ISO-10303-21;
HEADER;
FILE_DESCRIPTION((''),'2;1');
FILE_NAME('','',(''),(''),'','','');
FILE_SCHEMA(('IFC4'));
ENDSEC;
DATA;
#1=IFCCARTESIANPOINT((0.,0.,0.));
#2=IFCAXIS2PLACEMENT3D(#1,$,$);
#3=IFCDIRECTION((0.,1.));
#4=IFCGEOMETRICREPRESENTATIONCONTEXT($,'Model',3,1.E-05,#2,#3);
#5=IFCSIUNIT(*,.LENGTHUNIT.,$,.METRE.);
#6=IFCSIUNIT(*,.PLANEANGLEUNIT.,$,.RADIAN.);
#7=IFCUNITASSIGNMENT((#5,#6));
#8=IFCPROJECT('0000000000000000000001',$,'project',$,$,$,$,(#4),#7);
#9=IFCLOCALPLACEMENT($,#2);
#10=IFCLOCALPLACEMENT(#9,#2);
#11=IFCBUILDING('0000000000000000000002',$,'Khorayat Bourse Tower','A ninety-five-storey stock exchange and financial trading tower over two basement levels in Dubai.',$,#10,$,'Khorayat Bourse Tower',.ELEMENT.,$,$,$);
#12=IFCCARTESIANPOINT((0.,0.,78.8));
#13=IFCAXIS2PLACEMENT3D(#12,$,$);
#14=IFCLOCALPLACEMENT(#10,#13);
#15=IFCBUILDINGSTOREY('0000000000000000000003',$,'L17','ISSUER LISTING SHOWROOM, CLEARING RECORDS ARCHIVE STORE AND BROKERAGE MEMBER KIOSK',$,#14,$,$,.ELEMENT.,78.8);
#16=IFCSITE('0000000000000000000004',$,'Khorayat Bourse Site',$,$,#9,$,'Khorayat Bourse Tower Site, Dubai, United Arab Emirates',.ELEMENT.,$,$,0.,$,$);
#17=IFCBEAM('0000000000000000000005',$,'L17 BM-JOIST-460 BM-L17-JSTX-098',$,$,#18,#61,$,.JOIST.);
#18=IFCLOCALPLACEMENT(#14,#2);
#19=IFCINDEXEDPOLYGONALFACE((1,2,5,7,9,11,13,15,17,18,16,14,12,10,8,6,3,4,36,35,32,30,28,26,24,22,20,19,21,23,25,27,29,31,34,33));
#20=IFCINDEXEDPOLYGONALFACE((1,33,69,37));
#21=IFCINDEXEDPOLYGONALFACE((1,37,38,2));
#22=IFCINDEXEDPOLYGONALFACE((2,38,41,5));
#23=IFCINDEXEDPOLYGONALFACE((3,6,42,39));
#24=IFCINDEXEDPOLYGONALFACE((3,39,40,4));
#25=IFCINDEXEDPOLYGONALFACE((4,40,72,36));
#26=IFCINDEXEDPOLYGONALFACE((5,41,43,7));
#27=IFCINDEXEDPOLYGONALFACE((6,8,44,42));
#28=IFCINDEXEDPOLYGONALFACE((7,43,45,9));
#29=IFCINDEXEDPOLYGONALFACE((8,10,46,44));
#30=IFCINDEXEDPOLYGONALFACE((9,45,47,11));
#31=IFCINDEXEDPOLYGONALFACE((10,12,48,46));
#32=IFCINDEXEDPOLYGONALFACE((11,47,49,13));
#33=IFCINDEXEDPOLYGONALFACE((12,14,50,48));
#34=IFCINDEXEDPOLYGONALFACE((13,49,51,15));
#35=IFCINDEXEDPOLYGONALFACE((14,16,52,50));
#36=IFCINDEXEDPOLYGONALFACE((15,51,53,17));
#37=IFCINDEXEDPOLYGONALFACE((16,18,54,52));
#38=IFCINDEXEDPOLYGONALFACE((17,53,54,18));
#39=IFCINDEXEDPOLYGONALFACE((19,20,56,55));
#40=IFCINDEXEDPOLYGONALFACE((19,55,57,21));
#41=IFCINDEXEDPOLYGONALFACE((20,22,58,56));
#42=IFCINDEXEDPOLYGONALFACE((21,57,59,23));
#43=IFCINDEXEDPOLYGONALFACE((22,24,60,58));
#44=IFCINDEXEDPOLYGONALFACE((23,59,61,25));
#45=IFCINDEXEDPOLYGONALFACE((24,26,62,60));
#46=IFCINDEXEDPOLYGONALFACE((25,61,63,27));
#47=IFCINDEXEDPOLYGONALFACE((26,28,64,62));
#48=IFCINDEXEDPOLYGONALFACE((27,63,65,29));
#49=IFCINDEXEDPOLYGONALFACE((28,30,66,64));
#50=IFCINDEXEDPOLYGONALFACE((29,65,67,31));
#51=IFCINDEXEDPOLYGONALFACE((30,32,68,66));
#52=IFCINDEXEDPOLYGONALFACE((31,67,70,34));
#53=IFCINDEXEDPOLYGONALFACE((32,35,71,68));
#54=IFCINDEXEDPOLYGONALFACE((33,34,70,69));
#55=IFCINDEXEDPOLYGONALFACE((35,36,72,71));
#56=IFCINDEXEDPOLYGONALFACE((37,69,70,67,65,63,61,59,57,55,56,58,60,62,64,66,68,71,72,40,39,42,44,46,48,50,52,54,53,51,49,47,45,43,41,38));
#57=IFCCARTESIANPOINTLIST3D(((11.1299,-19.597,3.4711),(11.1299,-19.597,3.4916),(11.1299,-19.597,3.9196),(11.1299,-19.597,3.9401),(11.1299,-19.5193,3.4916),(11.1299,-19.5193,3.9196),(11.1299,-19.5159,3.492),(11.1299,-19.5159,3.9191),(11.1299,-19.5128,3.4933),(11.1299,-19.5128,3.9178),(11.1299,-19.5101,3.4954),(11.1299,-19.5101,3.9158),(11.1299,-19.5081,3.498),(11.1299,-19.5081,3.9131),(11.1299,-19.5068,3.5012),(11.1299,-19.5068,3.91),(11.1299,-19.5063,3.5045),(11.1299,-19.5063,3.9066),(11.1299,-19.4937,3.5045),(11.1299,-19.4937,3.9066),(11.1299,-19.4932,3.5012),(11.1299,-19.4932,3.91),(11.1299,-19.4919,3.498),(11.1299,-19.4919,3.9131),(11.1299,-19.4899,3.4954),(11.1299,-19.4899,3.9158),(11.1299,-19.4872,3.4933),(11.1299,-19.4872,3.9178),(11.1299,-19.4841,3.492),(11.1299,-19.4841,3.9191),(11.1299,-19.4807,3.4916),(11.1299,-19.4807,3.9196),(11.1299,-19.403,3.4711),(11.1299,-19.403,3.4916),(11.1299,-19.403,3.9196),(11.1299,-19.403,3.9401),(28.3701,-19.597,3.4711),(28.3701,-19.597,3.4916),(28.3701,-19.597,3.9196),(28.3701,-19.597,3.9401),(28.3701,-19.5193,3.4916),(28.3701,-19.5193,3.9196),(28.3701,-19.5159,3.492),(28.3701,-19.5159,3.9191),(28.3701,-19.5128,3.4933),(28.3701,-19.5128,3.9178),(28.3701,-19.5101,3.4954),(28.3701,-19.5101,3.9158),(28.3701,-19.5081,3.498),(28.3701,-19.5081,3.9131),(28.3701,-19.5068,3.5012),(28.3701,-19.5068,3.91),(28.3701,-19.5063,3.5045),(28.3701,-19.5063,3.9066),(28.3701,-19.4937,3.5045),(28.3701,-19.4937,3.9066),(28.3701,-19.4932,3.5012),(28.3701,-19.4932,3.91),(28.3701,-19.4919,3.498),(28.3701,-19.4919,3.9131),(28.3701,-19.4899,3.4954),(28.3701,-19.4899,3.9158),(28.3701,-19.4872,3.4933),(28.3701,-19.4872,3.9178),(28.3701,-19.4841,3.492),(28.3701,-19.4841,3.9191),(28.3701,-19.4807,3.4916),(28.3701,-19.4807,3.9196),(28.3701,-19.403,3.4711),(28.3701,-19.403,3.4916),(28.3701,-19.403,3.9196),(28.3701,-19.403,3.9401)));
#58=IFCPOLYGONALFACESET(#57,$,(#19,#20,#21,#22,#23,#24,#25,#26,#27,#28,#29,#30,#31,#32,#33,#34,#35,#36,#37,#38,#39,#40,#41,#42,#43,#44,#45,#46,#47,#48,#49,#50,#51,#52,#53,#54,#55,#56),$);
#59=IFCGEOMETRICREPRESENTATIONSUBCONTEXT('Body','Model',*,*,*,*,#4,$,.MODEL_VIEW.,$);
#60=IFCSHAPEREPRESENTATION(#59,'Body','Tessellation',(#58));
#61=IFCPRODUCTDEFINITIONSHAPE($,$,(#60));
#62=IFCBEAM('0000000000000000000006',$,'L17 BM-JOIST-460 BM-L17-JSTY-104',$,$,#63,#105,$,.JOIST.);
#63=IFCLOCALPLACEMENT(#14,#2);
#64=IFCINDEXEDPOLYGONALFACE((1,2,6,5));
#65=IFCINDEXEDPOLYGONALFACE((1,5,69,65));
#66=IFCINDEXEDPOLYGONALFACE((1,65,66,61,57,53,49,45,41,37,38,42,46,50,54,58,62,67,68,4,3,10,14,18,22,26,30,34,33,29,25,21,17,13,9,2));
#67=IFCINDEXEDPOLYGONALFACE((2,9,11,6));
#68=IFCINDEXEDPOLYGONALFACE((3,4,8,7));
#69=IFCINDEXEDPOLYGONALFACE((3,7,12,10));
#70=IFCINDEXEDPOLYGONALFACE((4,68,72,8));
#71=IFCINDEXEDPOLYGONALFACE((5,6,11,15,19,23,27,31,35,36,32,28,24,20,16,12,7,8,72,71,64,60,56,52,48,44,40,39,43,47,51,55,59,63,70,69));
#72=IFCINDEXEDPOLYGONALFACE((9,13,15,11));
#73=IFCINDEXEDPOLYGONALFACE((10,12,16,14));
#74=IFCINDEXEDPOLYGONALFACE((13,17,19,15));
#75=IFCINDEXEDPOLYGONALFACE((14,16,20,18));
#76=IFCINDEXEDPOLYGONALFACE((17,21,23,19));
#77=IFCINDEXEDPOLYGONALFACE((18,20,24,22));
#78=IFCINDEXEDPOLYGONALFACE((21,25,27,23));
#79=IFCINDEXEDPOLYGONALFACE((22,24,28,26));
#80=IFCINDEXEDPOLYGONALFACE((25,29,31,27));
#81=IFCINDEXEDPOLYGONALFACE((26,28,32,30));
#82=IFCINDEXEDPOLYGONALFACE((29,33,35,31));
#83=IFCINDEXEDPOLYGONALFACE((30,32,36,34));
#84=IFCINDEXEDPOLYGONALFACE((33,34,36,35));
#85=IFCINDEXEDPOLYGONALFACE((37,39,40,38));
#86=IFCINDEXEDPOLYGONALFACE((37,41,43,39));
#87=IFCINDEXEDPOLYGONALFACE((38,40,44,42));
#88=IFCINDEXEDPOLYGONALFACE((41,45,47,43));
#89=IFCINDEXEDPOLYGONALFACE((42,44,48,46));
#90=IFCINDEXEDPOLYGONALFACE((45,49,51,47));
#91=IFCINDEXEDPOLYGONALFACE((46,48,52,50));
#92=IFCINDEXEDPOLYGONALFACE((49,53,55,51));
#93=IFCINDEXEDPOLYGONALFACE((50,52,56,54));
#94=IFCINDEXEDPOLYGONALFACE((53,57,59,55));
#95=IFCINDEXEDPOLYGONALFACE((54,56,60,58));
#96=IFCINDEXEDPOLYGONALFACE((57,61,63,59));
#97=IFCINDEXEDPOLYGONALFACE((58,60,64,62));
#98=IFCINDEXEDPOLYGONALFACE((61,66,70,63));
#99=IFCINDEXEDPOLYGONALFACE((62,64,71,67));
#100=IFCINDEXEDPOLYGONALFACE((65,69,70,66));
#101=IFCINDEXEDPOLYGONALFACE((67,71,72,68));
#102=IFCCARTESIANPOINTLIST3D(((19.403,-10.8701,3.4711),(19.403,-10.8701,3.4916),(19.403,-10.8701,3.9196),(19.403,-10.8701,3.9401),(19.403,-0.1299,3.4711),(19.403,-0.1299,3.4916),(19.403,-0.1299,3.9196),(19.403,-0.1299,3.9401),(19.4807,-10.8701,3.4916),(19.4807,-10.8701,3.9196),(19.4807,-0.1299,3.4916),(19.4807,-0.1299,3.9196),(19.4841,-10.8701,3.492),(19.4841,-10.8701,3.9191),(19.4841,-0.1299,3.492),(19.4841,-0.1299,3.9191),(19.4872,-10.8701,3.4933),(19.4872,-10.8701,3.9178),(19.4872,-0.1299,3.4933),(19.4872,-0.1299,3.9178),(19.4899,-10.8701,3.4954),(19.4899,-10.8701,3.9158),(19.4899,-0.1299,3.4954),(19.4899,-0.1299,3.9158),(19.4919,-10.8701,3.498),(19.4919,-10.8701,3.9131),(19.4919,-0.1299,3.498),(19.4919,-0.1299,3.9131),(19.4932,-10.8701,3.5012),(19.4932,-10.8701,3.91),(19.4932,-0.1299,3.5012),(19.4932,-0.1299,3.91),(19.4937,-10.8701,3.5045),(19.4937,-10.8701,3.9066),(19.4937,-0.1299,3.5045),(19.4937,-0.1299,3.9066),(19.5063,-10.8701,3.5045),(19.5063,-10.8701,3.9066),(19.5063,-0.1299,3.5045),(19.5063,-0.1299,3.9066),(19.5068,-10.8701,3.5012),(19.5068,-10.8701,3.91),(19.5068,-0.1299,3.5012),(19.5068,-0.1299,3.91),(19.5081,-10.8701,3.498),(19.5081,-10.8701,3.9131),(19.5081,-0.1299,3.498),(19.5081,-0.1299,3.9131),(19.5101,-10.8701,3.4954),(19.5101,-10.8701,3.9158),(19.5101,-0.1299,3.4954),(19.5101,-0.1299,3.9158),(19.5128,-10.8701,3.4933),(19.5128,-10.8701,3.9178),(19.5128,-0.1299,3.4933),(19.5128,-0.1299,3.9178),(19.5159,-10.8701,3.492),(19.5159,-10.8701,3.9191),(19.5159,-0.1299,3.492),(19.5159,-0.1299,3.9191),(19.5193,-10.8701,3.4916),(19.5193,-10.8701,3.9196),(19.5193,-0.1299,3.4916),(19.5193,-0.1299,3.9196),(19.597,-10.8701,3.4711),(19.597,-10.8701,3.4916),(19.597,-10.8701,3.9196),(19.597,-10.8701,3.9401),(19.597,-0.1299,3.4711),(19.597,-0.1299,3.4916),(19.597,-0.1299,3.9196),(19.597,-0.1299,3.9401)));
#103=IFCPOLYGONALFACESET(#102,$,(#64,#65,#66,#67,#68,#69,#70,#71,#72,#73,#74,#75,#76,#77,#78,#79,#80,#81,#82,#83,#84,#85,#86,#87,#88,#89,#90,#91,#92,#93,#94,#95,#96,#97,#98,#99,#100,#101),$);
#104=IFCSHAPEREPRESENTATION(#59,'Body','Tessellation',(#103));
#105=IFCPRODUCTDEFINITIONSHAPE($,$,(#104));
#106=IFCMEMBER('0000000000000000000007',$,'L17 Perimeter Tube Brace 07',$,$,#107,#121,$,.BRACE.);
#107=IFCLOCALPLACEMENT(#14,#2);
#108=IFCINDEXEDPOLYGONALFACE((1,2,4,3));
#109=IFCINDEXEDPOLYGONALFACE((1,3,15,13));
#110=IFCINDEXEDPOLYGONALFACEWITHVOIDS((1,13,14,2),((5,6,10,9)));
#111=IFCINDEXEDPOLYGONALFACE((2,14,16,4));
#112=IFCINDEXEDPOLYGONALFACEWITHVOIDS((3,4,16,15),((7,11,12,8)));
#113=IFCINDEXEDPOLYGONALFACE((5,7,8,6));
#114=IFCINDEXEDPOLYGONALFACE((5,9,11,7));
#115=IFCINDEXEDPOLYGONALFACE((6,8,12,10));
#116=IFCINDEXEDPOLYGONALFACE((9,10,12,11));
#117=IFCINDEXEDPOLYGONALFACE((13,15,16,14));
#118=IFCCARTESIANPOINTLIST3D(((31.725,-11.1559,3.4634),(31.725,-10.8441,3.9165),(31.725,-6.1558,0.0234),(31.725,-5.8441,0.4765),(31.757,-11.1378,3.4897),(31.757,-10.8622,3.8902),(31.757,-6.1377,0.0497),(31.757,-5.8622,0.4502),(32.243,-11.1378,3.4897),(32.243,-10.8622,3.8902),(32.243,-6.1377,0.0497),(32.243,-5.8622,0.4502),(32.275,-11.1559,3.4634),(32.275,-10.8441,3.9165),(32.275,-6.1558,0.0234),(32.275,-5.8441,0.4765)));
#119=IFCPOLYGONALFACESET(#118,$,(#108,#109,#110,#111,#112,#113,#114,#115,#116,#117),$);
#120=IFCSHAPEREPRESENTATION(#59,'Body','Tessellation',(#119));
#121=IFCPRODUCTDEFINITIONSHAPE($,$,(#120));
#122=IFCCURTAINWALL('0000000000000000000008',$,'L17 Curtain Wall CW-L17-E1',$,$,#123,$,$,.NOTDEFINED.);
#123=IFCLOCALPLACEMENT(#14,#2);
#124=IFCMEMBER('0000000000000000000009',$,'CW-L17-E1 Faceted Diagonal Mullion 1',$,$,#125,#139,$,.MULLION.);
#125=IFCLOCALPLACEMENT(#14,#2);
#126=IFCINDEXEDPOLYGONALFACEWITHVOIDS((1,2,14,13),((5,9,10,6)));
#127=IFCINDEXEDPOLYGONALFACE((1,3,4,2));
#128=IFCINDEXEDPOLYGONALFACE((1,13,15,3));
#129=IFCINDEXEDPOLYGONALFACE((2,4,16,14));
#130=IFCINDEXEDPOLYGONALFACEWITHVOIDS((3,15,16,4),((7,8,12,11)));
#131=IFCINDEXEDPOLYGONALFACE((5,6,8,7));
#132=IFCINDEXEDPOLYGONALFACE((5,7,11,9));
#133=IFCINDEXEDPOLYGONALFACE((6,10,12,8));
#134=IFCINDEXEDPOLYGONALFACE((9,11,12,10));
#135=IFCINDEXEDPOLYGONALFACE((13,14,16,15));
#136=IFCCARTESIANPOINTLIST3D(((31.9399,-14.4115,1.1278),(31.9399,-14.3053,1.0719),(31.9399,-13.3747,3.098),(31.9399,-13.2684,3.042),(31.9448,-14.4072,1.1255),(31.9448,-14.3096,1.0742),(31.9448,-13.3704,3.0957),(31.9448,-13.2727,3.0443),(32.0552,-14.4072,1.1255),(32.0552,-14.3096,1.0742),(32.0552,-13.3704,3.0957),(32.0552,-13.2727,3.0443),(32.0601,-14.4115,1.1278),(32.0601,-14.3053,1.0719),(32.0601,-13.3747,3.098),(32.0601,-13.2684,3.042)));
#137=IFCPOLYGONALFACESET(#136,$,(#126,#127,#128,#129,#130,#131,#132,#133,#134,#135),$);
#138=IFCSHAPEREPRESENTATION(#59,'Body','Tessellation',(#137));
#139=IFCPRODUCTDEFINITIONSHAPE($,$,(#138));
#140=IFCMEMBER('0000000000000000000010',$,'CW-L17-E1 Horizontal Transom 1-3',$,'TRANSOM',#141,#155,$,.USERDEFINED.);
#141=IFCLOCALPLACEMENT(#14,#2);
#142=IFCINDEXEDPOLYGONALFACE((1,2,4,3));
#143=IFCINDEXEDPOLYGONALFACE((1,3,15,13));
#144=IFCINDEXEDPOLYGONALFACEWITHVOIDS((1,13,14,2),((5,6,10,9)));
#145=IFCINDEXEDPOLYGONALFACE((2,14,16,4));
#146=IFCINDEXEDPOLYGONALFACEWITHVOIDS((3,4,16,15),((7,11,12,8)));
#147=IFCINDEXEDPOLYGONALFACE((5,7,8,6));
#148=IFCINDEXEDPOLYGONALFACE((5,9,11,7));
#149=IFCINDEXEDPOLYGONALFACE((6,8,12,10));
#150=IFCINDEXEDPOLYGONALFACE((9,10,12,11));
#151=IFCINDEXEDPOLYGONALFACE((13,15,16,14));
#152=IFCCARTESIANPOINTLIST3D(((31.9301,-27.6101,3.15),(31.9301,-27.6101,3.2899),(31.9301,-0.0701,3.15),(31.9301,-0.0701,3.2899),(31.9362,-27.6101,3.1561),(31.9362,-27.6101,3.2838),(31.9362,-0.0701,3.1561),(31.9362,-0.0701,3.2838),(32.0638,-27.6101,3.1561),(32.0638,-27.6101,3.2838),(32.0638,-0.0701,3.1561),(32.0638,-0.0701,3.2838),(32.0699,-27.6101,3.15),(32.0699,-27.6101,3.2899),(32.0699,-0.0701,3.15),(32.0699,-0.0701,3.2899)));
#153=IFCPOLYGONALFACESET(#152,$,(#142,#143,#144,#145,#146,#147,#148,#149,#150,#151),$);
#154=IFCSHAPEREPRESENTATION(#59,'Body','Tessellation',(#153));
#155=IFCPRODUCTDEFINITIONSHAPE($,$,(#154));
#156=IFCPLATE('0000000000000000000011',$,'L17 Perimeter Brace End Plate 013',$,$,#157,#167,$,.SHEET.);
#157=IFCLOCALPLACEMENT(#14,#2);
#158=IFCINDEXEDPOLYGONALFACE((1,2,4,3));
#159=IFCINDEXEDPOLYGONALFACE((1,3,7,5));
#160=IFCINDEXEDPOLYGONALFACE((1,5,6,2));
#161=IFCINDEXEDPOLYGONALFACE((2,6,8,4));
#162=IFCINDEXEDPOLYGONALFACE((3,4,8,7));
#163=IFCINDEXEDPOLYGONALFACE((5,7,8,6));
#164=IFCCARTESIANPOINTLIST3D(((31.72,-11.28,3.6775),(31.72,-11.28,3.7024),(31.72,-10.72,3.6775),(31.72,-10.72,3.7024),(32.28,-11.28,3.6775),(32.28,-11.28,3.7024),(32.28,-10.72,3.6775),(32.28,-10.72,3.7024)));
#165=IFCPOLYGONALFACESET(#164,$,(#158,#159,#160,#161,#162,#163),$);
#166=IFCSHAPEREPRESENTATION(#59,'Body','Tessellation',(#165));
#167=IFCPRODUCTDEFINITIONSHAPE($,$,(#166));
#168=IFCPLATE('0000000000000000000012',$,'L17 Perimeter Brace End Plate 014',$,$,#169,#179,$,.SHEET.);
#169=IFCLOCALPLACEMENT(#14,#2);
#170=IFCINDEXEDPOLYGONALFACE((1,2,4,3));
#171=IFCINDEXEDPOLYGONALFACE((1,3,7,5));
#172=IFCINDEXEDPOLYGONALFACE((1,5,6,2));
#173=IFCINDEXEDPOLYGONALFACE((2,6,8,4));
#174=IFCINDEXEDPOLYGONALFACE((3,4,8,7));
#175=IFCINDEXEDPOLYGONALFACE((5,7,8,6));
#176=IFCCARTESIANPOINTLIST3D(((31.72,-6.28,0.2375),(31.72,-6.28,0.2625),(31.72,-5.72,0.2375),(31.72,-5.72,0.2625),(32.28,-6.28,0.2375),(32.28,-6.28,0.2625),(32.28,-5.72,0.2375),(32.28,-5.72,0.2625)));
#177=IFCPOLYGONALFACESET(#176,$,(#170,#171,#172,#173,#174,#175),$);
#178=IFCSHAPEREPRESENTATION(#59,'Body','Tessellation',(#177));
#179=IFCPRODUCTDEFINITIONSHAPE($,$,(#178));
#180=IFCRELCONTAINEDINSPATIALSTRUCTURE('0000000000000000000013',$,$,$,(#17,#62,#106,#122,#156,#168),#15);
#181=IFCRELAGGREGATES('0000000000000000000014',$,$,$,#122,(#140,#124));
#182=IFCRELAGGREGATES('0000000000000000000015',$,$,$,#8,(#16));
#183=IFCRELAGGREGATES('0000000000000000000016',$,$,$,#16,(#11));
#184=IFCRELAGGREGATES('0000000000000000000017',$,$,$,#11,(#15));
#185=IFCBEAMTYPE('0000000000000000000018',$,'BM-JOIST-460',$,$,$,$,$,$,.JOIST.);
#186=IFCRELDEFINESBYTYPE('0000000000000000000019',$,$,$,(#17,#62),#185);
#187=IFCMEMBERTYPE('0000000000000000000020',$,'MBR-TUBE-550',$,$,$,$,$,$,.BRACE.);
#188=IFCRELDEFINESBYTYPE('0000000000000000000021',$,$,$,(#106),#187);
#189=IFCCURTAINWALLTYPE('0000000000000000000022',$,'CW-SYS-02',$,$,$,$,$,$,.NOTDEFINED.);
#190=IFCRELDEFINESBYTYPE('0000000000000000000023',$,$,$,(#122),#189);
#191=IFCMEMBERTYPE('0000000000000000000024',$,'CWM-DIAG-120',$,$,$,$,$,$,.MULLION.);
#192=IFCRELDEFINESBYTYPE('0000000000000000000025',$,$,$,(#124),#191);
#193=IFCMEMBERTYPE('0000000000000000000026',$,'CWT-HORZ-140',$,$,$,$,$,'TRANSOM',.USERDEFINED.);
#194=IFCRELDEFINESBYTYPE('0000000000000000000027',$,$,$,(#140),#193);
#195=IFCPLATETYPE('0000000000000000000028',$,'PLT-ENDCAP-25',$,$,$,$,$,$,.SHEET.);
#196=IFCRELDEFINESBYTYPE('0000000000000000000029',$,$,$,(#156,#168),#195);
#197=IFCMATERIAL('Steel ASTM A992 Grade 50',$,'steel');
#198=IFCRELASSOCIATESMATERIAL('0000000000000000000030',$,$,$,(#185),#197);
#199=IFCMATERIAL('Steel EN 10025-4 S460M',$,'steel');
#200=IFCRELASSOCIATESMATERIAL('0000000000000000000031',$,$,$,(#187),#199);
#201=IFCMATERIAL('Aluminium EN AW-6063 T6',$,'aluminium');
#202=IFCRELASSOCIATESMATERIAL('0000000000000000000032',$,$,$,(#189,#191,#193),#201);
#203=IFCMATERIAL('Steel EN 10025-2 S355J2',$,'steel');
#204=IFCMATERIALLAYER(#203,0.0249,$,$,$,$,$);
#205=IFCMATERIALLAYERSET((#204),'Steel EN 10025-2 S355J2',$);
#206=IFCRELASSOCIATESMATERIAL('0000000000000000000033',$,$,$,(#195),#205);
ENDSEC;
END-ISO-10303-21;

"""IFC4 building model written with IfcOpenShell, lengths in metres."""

from ifc_helpers import new_model, si_unit, direction, frame, origin, origin_2d, place, context, subcontext, project, spatial, rectangle, hollow_rectangle, i_section, extrude, source, transform, mapped, material, layer, layer_set, material_profile, profile_set, type_object, element, aggregate, save


model = new_model("IFC4")

# Units and contexts
model_context = context("Model", 3, precision=1e-05, world=origin(), true_north=direction((0.0, 1.0)))
body_context = subcontext(model_context, "Body", "Model", "MODEL_VIEW")
ifc_project = project(units=[si_unit("LENGTHUNIT", "METRE"), si_unit("PLANEANGLEUNIT", "RADIAN")], contexts=[model_context])

# Site, building, storey
site_placement = place(None, origin())
site = spatial("IfcSite", under=ifc_project, at=site_placement, Name="Khorayat Bourse Site", LongName="Khorayat Bourse Tower Site, Dubai, United Arab Emirates", CompositionType="ELEMENT", RefElevation=0.0)
building_placement = place(site_placement, origin())
building = spatial("IfcBuilding", under=site, at=building_placement, Name="Khorayat Bourse Tower", Description="A ninety-five-storey stock exchange and financial trading tower over two basement levels in Dubai.", LongName="Khorayat Bourse Tower", CompositionType="ELEMENT")
storey_placement = place(building_placement, frame((0.0, 0.0, 78.8)))
storey = spatial("IfcBuildingStorey", under=building, at=storey_placement, Name="L17", Description="ISSUER LISTING SHOWROOM, CLEARING RECORDS ARCHIVE STORE AND BROKERAGE MEMBER KIOSK", CompositionType="ELEMENT", Elevation=78.8)

# Shared definitions
ifc_material_1 = material(Name="Steel EN 10025-4 S460M", Category="steel")

# Beams
ifc_material_2 = material(Name="Steel ASTM A992 Grade 50", Category="steel")
ifc_material_profile_1 = material_profile(ifc_material_2, i_section(OverallWidth=0.1941, OverallDepth=0.469, WebThickness=0.0127, FlangeThickness=0.0205, FilletRadius=0.0129, at=origin_2d()), Name="W460X106")
ifc_profile_set_1 = profile_set([ifc_material_profile_1], Name="Steel ASTM A992 Grade 50")
beam_type_1 = type_object("IfcBeamType", Name="BM-JOIST-460", PredefinedType="JOIST", material=ifc_profile_set_1)
shared_shape_1 = source(origin(), body_context, "Body", "SweptSolid", [
    extrude(i_section(OverallWidth=0.1941, OverallDepth=0.469, WebThickness=0.0127, FlangeThickness=0.0205, FilletRadius=0.0129, at=origin_2d()), origin(), (0.0, 0.0, 1.0), 17.2402),
])
beam_1_placement = place(storey_placement, frame((11.1299, -19.5, 3.7056), z_axis=(1.0, 0.0, 0.0), x_axis=(0.0, 1.0, 0.0)))
element("IfcBeam", 1, at=beam_1_placement, inside=storey, type_object=beam_type_1, Name="L17 BM-JOIST-460 BM-L17-JSTX-098", PredefinedType="JOIST", context=body_context, shape_type="MappedRepresentation", body=[
    mapped(shared_shape_1, transform((0.0, 0.0, 0.0), scale=1.0)),
])
shared_shape_2 = source(origin(), body_context, "Body", "SweptSolid", [
    extrude(i_section(OverallWidth=0.1941, OverallDepth=0.469, WebThickness=0.0127, FlangeThickness=0.0205, FilletRadius=0.0129, at=origin_2d()), origin(), (0.0, 0.0, 1.0), 10.7402),
])
beam_2_placement = place(storey_placement, frame((19.5, -10.8701, 3.7056), z_axis=(0.0, 1.0, 0.0), x_axis=(-1.0, 0.0, 0.0)))
element("IfcBeam", 2, at=beam_2_placement, inside=storey, type_object=beam_type_1, Name="L17 BM-JOIST-460 BM-L17-JSTY-104", PredefinedType="JOIST", context=body_context, shape_type="MappedRepresentation", body=[
    mapped(shared_shape_2, transform((0.0, 0.0, 0.0), scale=1.0)),
])

# Member
ifc_material_profile_2 = material_profile(ifc_material_1, hollow_rectangle(XDim=0.55, YDim=0.55, WallThickness=0.032, at=origin_2d()), Name="HSS 550x550x32")
ifc_profile_set_2 = profile_set([ifc_material_profile_2], Name="Steel EN 10025-4 S460M")
member_type_1 = type_object("IfcMemberType", Name="MBR-TUBE-550", PredefinedType="BRACE", material=ifc_profile_set_2)
shared_shape_3 = source(origin(), body_context, "Body", "SweptSolid", [
    extrude(hollow_rectangle(XDim=0.55, YDim=0.55, WallThickness=0.032, at=origin_2d()), origin(), (0.0, 0.0, 1.0), 6.0691),
])
member_1_placement = place(storey_placement, frame((32.0, -11.0, 3.6899), z_axis=(0.0, 0.823854, -0.566802), x_axis=(-1.0, 0.0, 0.0)))
element("IfcMember", 3, at=member_1_placement, inside=storey, type_object=member_type_1, Name="L17 Perimeter Tube Brace 07", PredefinedType="BRACE", context=body_context, shape_type="MappedRepresentation", body=[
    mapped(shared_shape_3, transform((0.0, 0.0, 0.0), scale=1.0)),
])

# Curtain wall, members
ifc_material_3 = material(Name="Aluminium EN AW-6063 T6", Category="aluminium")
curtain_wall_type = type_object("IfcCurtainWallType", Name="CW-SYS-02", PredefinedType="NOTDEFINED", material=ifc_material_3)
curtain_wall_placement = place(storey_placement, origin())
curtain_wall = element("IfcCurtainWall", 4, at=curtain_wall_placement, inside=storey, type_object=curtain_wall_type, Name="L17 Curtain Wall CW-L17-E1", PredefinedType="NOTDEFINED")
ifc_material_profile_3 = material_profile(ifc_material_3, hollow_rectangle(XDim=0.1201, YDim=0.1201, WallThickness=0.0049, at=origin_2d()), Name="ALU 120x120x5")
ifc_profile_set_3 = profile_set([ifc_material_profile_3], Name="Aluminium EN AW-6063 T6")
member_type_2 = type_object("IfcMemberType", Name="CWM-DIAG-120", PredefinedType="MULLION", material=ifc_profile_set_3)
shared_shape_4 = source(origin(), body_context, "Body", "SweptSolid", [
    extrude(hollow_rectangle(XDim=0.1201, YDim=0.1201, WallThickness=0.0049, at=origin_2d()), origin(), (0.0, 0.0, 1.0), 2.2263),
])
member_2_placement = place(storey_placement, frame((32.0, -14.3584, 1.0999), z_axis=(0.0, 0.465715, 0.884935), x_axis=(-1.0, 0.0, 0.0)))
member_2 = element("IfcMember", 5, at=member_2_placement, type_object=member_type_2, Name="CW-L17-E1 Faceted Diagonal Mullion 1", PredefinedType="MULLION", context=body_context, shape_type="MappedRepresentation", body=[
    mapped(shared_shape_4, transform((0.0, 0.0, 0.0), scale=1.0)),
])
ifc_material_profile_4 = material_profile(ifc_material_3, hollow_rectangle(XDim=0.1399, YDim=0.1399, WallThickness=0.0061, at=origin_2d()), Name="ALU 140x140x6")
ifc_profile_set_4 = profile_set([ifc_material_profile_4], Name="Aluminium EN AW-6063 T6")
member_type_3 = type_object("IfcMemberType", Name="CWT-HORZ-140", ElementType="TRANSOM", PredefinedType="USERDEFINED", material=ifc_profile_set_4)
shared_shape_5 = source(origin(), body_context, "Body", "SweptSolid", [
    extrude(hollow_rectangle(XDim=0.1399, YDim=0.1399, WallThickness=0.0061, at=origin_2d()), origin(), (0.0, 0.0, 1.0), 27.54),
])
member_3_placement = place(storey_placement, frame((32.0, -27.6101, 3.22), z_axis=(0.0, 1.0, 0.0), x_axis=(-1.0, 0.0, 0.0)))
member_3 = element("IfcMember", 6, at=member_3_placement, type_object=member_type_3, Name="CW-L17-E1 Horizontal Transom 1-3", ObjectType="TRANSOM", PredefinedType="USERDEFINED", context=body_context, shape_type="MappedRepresentation", body=[
    mapped(shared_shape_5, transform((0.0, 0.0, 0.0), scale=1.0)),
])

# Plates
ifc_material_4 = material(Name="Steel EN 10025-2 S355J2", Category="steel")
ifc_layer_1 = layer(ifc_material_4, 0.0249)
ifc_layer_set_1 = layer_set([ifc_layer_1], Name="Steel EN 10025-2 S355J2")
plate_type_1 = type_object("IfcPlateType", Name="PLT-ENDCAP-25", PredefinedType="SHEET", material=ifc_layer_set_1)
shared_shape_6 = source(origin(), body_context, "Body", "SweptSolid", [
    extrude(rectangle(XDim=0.5601, YDim=0.5601, at=origin_2d()), origin(), (0.0, 0.0, 1.0), 0.0249),
])
for number, where, z_axis, x_axis, name in (
    (7, (32.0, -11.0, 3.6775), (0.0, 0.0, 1.0), (1.0, 0.0, 0.0), "L17 Perimeter Brace End Plate 013"),
    (8, (32.0, -6.0, 0.2375), (0.0, 0.0, 1.0), (1.0, 0.0, 0.0), "L17 Perimeter Brace End Plate 014"),
):
    element("IfcPlate", number, at=place(storey_placement, frame(where, z_axis=z_axis, x_axis=x_axis)), inside=storey, type_object=plate_type_1, Name=name, PredefinedType="SHEET", context=body_context, shape_type="MappedRepresentation", body=[
        mapped(shared_shape_6, transform((0.0, 0.0, 0.0), scale=1.0)),
    ])

aggregate(curtain_wall, [member_3, member_2])

save(model, "model.ifc")
